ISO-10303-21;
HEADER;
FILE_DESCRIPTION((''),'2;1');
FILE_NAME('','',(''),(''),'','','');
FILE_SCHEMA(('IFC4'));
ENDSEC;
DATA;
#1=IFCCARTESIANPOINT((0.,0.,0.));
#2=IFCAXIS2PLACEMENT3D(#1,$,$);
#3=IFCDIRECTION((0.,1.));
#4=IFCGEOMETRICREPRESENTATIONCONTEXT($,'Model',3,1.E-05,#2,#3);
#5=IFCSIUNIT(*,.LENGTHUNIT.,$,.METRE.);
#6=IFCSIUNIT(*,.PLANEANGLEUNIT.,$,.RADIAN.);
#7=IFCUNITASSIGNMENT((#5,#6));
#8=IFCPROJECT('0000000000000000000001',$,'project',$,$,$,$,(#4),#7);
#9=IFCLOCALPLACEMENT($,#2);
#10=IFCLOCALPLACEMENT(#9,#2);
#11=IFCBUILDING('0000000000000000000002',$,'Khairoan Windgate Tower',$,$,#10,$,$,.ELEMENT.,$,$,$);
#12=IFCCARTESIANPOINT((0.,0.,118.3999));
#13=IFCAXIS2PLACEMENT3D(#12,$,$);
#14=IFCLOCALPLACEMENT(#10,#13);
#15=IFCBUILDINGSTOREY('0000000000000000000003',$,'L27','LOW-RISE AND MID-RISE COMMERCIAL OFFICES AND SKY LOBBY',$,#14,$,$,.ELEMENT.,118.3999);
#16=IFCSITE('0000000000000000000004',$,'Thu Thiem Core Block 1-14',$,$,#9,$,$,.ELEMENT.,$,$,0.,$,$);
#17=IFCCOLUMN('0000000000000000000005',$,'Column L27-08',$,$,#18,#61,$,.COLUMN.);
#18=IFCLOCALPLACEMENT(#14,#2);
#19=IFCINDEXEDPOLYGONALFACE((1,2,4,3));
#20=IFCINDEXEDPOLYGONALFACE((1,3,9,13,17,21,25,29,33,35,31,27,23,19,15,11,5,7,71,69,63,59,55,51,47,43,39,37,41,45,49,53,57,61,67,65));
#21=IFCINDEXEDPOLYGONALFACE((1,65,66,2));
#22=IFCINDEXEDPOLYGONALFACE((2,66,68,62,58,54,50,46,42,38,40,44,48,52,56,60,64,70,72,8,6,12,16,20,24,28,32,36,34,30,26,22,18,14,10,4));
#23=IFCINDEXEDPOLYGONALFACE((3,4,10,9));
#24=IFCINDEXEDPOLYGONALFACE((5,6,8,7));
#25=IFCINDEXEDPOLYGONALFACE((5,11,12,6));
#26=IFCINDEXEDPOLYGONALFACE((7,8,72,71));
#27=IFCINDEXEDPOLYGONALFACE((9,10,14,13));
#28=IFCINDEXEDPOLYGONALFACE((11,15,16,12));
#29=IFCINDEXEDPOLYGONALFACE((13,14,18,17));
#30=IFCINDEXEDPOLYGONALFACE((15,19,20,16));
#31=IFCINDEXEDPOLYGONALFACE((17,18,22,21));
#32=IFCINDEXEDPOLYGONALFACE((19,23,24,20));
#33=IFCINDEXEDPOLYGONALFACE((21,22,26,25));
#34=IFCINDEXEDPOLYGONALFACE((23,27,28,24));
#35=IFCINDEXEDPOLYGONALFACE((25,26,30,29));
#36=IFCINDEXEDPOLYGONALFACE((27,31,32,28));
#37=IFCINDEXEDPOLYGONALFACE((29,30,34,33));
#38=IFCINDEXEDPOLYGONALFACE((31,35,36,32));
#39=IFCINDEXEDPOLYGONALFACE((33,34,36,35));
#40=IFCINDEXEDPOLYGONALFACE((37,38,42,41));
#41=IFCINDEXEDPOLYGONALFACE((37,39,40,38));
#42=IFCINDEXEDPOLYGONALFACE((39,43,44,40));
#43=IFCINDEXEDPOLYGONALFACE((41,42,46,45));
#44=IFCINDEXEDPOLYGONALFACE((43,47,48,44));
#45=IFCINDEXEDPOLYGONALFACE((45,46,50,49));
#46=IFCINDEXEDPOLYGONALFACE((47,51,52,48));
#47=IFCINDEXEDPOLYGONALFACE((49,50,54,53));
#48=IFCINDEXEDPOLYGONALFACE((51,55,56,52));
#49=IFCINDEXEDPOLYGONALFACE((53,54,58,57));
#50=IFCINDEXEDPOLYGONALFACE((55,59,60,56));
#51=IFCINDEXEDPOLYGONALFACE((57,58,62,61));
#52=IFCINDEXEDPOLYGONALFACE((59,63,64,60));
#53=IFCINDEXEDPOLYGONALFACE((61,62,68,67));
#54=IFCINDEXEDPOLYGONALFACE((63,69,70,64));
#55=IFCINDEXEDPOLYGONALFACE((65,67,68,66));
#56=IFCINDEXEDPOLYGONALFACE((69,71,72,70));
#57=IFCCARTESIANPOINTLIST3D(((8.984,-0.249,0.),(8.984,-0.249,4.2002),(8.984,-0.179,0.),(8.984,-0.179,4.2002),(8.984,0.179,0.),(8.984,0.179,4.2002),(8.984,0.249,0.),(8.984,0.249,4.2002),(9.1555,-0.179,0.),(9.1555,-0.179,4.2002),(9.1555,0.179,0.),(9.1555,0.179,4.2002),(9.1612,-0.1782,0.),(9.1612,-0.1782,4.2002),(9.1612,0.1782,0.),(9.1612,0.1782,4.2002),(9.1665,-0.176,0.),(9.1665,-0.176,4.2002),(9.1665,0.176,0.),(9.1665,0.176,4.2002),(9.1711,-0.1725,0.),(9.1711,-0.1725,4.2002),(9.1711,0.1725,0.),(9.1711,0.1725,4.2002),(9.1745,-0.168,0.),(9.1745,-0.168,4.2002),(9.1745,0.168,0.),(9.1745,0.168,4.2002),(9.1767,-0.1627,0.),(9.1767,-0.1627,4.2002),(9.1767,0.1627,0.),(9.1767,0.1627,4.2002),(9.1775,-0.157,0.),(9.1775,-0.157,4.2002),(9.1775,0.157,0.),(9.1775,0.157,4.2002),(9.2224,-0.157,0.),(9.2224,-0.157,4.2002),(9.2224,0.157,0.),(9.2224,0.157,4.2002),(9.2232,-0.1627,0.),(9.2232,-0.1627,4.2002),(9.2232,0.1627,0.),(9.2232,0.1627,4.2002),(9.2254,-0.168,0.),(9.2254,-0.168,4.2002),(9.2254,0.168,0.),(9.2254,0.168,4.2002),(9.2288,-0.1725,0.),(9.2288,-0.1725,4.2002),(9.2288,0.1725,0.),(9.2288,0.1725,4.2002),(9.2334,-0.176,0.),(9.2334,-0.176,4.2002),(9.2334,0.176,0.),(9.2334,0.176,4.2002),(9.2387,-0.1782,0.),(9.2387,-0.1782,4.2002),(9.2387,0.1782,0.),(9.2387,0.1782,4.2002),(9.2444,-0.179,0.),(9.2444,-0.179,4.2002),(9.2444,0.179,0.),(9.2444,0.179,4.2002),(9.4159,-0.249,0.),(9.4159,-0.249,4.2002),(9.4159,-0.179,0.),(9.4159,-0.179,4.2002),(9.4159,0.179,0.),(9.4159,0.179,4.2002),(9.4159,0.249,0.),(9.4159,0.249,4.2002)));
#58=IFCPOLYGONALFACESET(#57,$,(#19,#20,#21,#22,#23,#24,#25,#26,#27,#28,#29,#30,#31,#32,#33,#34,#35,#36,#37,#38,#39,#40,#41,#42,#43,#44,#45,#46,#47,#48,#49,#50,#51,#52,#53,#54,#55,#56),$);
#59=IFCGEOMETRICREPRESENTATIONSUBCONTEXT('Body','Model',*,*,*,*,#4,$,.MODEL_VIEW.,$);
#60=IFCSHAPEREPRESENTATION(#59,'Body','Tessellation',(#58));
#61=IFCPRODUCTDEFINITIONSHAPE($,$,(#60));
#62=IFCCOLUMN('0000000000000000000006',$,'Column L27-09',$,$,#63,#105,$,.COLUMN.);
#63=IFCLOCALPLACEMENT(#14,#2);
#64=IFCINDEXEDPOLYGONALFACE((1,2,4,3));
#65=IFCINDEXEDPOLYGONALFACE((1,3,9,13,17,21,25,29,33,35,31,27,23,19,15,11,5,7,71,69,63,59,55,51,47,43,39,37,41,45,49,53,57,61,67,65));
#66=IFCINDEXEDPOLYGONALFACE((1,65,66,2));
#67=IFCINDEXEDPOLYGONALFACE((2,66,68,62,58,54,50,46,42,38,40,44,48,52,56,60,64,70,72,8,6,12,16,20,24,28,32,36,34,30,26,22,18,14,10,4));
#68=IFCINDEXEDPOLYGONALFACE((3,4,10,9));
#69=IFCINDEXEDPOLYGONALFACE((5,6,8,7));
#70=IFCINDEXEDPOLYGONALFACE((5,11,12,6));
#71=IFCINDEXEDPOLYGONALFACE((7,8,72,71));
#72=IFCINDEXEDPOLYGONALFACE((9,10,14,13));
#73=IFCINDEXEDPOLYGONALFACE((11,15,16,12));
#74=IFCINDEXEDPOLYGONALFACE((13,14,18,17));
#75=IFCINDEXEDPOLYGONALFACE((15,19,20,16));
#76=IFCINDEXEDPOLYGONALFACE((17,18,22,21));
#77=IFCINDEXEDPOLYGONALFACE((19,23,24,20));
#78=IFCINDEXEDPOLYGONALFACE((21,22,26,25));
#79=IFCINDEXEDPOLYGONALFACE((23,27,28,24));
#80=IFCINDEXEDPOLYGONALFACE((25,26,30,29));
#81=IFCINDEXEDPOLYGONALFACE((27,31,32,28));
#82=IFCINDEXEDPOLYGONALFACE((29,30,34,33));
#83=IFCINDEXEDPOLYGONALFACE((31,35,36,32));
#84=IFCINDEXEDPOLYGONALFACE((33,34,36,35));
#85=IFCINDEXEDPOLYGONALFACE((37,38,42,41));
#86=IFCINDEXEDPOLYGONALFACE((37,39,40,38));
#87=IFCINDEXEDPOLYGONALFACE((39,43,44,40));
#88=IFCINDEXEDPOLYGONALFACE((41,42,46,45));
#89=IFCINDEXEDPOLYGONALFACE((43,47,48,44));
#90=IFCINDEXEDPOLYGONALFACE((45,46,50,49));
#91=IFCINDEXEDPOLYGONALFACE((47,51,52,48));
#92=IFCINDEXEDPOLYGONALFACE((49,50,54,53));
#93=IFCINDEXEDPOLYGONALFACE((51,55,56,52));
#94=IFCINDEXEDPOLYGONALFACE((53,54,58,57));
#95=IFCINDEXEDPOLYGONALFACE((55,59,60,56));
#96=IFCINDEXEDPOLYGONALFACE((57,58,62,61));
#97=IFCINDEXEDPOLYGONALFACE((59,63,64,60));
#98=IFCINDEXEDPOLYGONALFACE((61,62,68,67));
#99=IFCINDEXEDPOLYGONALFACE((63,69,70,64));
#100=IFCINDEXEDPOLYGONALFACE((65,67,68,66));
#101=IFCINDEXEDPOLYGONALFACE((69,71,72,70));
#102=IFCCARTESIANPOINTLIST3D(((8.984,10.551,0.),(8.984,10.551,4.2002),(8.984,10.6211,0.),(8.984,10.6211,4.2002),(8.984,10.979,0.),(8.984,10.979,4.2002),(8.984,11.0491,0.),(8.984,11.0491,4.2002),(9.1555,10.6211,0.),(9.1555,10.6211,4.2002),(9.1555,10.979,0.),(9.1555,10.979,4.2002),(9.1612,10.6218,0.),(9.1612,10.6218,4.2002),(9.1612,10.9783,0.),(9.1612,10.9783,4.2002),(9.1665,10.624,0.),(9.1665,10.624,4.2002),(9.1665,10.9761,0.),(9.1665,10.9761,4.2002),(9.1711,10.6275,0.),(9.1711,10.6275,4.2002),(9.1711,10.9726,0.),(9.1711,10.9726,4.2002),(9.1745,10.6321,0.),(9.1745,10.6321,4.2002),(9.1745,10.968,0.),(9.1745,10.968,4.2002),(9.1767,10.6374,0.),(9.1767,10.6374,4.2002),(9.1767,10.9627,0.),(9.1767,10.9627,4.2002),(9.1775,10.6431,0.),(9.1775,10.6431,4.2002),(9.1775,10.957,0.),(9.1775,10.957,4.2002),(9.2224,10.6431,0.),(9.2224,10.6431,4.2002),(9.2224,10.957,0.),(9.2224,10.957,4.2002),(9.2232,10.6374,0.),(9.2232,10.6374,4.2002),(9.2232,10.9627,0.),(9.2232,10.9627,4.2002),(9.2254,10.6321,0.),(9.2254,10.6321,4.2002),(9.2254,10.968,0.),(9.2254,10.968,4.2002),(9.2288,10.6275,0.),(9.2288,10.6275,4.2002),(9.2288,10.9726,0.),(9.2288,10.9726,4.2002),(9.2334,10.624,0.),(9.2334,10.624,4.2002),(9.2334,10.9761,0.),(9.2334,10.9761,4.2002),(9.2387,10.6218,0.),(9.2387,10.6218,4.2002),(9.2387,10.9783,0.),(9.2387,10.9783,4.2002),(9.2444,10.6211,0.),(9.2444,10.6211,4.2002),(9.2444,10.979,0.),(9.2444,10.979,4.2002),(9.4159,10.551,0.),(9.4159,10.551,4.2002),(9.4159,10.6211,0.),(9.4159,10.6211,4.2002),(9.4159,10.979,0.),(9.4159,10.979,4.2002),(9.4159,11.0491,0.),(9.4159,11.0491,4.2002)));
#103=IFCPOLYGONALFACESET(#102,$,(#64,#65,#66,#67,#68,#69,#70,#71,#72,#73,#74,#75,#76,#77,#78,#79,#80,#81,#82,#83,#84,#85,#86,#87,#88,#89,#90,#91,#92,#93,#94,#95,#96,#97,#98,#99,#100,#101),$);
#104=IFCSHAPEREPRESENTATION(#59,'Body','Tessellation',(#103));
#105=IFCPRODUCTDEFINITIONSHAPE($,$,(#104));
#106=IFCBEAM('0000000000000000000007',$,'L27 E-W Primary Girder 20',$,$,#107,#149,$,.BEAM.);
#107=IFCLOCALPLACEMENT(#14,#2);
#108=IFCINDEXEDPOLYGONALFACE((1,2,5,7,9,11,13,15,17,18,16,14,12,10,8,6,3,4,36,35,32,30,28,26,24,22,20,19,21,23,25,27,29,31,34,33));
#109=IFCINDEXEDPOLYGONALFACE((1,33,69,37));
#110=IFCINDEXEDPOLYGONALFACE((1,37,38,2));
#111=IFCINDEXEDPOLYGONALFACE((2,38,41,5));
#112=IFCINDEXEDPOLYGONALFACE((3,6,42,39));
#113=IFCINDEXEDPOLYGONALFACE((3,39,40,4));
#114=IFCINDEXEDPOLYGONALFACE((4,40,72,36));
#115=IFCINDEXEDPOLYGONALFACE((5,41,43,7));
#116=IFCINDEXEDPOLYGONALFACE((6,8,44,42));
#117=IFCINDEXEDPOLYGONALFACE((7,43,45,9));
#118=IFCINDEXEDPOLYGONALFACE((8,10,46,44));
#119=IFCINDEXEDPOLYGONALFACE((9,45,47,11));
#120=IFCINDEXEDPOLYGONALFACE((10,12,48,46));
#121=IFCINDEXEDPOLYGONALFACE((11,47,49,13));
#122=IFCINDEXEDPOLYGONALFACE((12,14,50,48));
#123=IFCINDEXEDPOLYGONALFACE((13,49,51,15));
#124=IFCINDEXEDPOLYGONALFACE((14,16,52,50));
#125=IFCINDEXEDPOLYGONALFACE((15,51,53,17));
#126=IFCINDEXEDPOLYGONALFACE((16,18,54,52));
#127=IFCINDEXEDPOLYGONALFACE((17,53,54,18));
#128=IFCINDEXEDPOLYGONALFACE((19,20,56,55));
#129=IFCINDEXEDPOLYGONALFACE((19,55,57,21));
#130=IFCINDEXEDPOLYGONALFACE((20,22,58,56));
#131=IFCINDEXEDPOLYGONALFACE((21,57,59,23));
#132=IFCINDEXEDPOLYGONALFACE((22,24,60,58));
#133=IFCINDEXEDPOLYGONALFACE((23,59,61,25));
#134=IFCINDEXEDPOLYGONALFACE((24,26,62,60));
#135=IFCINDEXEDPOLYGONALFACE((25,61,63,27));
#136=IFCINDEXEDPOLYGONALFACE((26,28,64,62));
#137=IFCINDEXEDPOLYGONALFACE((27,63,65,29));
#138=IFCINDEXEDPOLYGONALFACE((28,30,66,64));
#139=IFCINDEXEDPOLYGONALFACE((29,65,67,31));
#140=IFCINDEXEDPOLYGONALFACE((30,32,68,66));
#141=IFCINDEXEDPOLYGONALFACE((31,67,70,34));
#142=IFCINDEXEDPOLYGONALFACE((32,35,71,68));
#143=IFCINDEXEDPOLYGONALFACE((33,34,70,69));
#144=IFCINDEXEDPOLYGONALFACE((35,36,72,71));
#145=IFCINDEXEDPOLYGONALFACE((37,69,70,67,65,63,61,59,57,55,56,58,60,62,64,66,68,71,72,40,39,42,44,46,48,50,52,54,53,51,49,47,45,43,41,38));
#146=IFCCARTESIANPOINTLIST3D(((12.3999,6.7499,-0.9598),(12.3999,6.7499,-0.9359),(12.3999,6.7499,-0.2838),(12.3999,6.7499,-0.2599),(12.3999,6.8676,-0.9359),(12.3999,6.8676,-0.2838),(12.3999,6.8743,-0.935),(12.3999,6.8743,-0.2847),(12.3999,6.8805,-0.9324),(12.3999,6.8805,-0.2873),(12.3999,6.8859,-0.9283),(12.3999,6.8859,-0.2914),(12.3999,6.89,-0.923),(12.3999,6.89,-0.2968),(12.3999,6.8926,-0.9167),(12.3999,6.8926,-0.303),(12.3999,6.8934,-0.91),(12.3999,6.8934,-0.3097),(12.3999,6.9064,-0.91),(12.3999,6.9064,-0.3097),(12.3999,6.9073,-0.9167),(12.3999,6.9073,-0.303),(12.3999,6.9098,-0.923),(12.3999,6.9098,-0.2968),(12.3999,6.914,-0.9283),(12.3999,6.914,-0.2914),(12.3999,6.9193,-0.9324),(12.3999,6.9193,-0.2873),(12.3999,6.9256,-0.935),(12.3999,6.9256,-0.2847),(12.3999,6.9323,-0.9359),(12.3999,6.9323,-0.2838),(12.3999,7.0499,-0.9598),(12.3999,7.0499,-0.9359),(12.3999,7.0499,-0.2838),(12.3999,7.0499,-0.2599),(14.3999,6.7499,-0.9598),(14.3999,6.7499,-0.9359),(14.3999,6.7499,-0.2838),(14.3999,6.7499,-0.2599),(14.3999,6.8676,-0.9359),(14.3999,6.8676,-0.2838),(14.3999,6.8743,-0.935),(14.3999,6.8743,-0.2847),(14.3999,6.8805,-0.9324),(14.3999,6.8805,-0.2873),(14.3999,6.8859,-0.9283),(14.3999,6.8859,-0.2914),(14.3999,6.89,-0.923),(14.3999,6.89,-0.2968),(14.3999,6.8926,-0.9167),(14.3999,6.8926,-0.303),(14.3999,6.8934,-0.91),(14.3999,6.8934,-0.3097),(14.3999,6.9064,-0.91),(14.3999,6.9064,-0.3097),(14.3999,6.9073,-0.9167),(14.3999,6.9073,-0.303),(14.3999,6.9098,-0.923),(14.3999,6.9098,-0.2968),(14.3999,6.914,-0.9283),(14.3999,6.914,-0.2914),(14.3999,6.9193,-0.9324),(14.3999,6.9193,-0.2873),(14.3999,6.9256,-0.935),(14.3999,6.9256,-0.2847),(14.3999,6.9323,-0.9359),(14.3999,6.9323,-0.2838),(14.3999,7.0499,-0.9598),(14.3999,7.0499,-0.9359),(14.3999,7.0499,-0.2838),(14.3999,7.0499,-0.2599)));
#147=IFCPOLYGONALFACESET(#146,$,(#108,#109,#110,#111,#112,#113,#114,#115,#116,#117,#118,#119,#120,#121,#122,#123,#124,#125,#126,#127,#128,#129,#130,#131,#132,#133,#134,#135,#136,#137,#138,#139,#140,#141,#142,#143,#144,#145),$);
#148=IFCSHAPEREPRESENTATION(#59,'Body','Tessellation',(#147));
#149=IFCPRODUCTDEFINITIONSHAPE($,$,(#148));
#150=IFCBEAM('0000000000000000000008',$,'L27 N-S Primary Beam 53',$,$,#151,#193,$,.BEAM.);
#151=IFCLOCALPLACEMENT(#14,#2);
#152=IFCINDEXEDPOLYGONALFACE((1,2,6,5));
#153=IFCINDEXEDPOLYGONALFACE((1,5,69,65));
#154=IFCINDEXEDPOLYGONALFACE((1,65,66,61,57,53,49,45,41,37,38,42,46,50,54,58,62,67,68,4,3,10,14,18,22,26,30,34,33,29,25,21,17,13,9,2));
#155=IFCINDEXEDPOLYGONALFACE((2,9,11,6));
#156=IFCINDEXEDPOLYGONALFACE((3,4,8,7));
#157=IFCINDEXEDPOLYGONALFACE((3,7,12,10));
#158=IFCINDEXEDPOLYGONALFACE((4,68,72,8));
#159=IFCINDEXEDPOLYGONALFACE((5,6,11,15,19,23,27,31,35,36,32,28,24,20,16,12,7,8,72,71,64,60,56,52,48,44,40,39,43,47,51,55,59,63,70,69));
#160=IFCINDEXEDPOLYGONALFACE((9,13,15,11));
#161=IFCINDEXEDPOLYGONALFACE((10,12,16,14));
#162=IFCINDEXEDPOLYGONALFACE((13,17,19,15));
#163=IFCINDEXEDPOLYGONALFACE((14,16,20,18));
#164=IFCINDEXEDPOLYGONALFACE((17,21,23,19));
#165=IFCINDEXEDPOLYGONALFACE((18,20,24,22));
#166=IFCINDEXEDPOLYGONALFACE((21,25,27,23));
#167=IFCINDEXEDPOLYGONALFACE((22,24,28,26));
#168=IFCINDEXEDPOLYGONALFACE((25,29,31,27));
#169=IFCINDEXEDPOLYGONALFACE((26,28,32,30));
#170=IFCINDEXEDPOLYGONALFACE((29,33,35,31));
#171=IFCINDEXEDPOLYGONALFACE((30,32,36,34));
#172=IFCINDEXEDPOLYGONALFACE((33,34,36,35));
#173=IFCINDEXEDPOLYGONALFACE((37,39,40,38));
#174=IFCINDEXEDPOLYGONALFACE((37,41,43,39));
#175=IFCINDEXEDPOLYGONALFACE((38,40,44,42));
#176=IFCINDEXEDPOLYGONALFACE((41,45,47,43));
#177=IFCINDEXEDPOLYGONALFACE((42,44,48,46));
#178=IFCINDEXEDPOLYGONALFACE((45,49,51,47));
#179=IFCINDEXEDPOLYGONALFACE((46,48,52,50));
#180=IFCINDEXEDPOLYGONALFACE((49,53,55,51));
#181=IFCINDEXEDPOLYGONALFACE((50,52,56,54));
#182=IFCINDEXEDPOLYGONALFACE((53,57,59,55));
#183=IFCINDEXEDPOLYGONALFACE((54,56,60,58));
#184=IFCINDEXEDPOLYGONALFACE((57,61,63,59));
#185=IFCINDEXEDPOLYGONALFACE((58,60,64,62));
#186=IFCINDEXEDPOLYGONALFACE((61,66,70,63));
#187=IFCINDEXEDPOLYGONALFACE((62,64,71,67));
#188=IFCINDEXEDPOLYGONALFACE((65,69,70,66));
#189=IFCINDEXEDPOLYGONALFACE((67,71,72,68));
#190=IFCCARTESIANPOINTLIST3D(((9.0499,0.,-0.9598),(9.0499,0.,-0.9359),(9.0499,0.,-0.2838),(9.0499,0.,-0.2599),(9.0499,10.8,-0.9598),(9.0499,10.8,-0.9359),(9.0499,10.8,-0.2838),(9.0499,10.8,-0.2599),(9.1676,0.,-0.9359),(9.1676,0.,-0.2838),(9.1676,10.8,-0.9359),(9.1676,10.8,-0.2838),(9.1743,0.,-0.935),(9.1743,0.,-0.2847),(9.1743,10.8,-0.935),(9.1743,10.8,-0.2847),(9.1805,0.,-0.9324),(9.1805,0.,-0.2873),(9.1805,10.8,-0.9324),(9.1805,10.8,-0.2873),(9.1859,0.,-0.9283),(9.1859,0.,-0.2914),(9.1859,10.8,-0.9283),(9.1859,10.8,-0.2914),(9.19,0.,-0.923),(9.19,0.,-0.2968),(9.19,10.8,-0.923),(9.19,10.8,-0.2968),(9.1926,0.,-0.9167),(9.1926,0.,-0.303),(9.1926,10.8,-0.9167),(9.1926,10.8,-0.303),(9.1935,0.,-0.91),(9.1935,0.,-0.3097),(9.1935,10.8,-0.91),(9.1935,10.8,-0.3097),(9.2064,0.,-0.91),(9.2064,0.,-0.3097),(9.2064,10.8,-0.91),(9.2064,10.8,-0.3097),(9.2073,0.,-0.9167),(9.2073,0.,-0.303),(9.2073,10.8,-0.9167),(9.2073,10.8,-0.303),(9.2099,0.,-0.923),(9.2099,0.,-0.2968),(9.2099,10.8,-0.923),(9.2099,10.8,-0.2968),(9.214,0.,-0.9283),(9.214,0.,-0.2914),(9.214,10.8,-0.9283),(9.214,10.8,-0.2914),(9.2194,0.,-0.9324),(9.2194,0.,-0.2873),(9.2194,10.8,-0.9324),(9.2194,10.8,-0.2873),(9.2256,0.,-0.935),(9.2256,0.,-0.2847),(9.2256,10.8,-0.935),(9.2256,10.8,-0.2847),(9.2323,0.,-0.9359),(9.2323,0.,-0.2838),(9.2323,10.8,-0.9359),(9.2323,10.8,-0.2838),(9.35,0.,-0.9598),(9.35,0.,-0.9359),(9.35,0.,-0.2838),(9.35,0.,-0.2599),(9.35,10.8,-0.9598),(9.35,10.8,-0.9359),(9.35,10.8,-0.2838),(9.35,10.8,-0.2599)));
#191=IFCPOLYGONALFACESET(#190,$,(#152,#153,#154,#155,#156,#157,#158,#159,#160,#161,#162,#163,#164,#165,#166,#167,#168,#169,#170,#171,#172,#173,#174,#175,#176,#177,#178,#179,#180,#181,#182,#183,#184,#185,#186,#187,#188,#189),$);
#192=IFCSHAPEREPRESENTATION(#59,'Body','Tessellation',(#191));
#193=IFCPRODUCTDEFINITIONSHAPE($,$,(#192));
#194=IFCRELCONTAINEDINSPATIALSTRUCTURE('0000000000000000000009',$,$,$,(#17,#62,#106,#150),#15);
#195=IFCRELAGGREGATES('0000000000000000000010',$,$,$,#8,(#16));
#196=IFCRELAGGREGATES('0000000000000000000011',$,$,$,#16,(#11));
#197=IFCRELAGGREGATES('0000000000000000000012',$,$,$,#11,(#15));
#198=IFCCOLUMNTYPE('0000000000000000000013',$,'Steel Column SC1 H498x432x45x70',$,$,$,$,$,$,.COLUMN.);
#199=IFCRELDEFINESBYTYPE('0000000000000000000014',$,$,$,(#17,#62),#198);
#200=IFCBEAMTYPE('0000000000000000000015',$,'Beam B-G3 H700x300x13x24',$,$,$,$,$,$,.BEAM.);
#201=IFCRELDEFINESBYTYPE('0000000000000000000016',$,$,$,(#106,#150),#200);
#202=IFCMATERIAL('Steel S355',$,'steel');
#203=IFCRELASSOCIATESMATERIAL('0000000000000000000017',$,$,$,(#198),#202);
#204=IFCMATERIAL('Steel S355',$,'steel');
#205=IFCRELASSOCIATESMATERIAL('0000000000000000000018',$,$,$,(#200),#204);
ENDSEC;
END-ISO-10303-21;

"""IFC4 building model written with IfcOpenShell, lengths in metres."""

from ifc_helpers import new_model, si_unit, direction, frame, origin, origin_2d, place, context, subcontext, project, spatial, i_section, extrude, material, material_profile, profile_set, type_object, element, save


model = new_model("IFC4")

# Units and contexts
model_context = context("Model", 3, precision=1e-05, world=origin(), true_north=direction((0.0, 1.0)))
body_context = subcontext(model_context, "Body", "Model", "MODEL_VIEW")
ifc_project = project(units=[si_unit("LENGTHUNIT", "METRE"), si_unit("PLANEANGLEUNIT", "RADIAN")], contexts=[model_context])

# Site, building, storey
site_placement = place(None, origin())
site = spatial("IfcSite", under=ifc_project, at=site_placement, Name="Thu Thiem Core Block 1-14", CompositionType="ELEMENT", RefElevation=0.0)
building_placement = place(site_placement, origin())
building = spatial("IfcBuilding", under=site, at=building_placement, Name="Khairoan Windgate Tower", CompositionType="ELEMENT")
storey_placement = place(building_placement, frame((0.0, 0.0, 118.3999)))
storey = spatial("IfcBuildingStorey", under=building, at=storey_placement, Name="L27", Description="LOW-RISE AND MID-RISE COMMERCIAL OFFICES AND SKY LOBBY", CompositionType="ELEMENT", Elevation=118.3999)

# Columns
ifc_material_1 = material(Name="Steel S355", Category="steel")
ifc_material_profile_1 = material_profile(ifc_material_1, i_section(OverallWidth=0.4319, OverallDepth=0.498, WebThickness=0.0449, FlangeThickness=0.0701, FilletRadius=0.022, at=origin_2d()))
ifc_profile_set_1 = profile_set([ifc_material_profile_1], Name="Steel S355")
column_type = type_object("IfcColumnType", Name="Steel Column SC1 H498x432x45x70", PredefinedType="COLUMN", material=ifc_profile_set_1)
for number, where, z_axis, x_axis, name in (
    (1, (9.2, 0.0, 0.0), (0.0, 0.0, 1.0), (1.0, 0.0, 0.0), "Column L27-08"),
    (2, (9.2, 10.8, 0.0), (0.0, 0.0, 1.0), (1.0, 0.0, 0.0), "Column L27-09"),
):
    element("IfcColumn", number, at=place(storey_placement, frame(where, z_axis=z_axis, x_axis=x_axis)), inside=storey, type_object=column_type, Name=name, PredefinedType="COLUMN", context=body_context, shape_type="SweptSolid", body=[
        extrude(i_section(OverallWidth=0.4319, OverallDepth=0.498, WebThickness=0.0449, FlangeThickness=0.0701, FilletRadius=0.022, at=origin_2d()), origin(), (0.0, 0.0, 1.0), 4.2002),
    ])

# Beams
ifc_material_2 = material(Name="Steel S355", Category="steel")
ifc_material_profile_2 = material_profile(ifc_material_2, i_section(OverallWidth=0.3, OverallDepth=0.7, WebThickness=0.0129, FlangeThickness=0.0239, FilletRadius=0.0259, at=origin_2d()))
ifc_profile_set_2 = profile_set([ifc_material_profile_2], Name="Steel S355")
beam_type_1 = type_object("IfcBeamType", Name="Beam B-G3 H700x300x13x24", PredefinedType="BEAM", material=ifc_profile_set_2)
beam_1_placement = place(storey_placement, frame((12.3999, 6.8999, -0.6099), z_axis=(1.0, 0.0, 0.0), x_axis=(0.0, 1.0, 0.0)))
element("IfcBeam", 3, at=beam_1_placement, inside=storey, type_object=beam_type_1, Name="L27 E-W Primary Girder 20", PredefinedType="BEAM", context=body_context, shape_type="SweptSolid", body=[
    extrude(i_section(OverallWidth=0.3, OverallDepth=0.7, WebThickness=0.0129, FlangeThickness=0.0239, FilletRadius=0.0259, at=origin_2d()), origin(), (0.0, 0.0, 1.0), 2.0),
])
beam_2_placement = place(storey_placement, frame((9.2, 0.0, -0.6099), z_axis=(0.0, 1.0, 0.0), x_axis=(-1.0, 0.0, 0.0)))
element("IfcBeam", 4, at=beam_2_placement, inside=storey, type_object=beam_type_1, Name="L27 N-S Primary Beam 53", PredefinedType="BEAM", context=body_context, shape_type="SweptSolid", body=[
    extrude(i_section(OverallWidth=0.3, OverallDepth=0.7, WebThickness=0.0129, FlangeThickness=0.0239, FilletRadius=0.0259, at=origin_2d()), origin(), (0.0, 0.0, 1.0), 10.8),
])

save(model, "model.ifc")
